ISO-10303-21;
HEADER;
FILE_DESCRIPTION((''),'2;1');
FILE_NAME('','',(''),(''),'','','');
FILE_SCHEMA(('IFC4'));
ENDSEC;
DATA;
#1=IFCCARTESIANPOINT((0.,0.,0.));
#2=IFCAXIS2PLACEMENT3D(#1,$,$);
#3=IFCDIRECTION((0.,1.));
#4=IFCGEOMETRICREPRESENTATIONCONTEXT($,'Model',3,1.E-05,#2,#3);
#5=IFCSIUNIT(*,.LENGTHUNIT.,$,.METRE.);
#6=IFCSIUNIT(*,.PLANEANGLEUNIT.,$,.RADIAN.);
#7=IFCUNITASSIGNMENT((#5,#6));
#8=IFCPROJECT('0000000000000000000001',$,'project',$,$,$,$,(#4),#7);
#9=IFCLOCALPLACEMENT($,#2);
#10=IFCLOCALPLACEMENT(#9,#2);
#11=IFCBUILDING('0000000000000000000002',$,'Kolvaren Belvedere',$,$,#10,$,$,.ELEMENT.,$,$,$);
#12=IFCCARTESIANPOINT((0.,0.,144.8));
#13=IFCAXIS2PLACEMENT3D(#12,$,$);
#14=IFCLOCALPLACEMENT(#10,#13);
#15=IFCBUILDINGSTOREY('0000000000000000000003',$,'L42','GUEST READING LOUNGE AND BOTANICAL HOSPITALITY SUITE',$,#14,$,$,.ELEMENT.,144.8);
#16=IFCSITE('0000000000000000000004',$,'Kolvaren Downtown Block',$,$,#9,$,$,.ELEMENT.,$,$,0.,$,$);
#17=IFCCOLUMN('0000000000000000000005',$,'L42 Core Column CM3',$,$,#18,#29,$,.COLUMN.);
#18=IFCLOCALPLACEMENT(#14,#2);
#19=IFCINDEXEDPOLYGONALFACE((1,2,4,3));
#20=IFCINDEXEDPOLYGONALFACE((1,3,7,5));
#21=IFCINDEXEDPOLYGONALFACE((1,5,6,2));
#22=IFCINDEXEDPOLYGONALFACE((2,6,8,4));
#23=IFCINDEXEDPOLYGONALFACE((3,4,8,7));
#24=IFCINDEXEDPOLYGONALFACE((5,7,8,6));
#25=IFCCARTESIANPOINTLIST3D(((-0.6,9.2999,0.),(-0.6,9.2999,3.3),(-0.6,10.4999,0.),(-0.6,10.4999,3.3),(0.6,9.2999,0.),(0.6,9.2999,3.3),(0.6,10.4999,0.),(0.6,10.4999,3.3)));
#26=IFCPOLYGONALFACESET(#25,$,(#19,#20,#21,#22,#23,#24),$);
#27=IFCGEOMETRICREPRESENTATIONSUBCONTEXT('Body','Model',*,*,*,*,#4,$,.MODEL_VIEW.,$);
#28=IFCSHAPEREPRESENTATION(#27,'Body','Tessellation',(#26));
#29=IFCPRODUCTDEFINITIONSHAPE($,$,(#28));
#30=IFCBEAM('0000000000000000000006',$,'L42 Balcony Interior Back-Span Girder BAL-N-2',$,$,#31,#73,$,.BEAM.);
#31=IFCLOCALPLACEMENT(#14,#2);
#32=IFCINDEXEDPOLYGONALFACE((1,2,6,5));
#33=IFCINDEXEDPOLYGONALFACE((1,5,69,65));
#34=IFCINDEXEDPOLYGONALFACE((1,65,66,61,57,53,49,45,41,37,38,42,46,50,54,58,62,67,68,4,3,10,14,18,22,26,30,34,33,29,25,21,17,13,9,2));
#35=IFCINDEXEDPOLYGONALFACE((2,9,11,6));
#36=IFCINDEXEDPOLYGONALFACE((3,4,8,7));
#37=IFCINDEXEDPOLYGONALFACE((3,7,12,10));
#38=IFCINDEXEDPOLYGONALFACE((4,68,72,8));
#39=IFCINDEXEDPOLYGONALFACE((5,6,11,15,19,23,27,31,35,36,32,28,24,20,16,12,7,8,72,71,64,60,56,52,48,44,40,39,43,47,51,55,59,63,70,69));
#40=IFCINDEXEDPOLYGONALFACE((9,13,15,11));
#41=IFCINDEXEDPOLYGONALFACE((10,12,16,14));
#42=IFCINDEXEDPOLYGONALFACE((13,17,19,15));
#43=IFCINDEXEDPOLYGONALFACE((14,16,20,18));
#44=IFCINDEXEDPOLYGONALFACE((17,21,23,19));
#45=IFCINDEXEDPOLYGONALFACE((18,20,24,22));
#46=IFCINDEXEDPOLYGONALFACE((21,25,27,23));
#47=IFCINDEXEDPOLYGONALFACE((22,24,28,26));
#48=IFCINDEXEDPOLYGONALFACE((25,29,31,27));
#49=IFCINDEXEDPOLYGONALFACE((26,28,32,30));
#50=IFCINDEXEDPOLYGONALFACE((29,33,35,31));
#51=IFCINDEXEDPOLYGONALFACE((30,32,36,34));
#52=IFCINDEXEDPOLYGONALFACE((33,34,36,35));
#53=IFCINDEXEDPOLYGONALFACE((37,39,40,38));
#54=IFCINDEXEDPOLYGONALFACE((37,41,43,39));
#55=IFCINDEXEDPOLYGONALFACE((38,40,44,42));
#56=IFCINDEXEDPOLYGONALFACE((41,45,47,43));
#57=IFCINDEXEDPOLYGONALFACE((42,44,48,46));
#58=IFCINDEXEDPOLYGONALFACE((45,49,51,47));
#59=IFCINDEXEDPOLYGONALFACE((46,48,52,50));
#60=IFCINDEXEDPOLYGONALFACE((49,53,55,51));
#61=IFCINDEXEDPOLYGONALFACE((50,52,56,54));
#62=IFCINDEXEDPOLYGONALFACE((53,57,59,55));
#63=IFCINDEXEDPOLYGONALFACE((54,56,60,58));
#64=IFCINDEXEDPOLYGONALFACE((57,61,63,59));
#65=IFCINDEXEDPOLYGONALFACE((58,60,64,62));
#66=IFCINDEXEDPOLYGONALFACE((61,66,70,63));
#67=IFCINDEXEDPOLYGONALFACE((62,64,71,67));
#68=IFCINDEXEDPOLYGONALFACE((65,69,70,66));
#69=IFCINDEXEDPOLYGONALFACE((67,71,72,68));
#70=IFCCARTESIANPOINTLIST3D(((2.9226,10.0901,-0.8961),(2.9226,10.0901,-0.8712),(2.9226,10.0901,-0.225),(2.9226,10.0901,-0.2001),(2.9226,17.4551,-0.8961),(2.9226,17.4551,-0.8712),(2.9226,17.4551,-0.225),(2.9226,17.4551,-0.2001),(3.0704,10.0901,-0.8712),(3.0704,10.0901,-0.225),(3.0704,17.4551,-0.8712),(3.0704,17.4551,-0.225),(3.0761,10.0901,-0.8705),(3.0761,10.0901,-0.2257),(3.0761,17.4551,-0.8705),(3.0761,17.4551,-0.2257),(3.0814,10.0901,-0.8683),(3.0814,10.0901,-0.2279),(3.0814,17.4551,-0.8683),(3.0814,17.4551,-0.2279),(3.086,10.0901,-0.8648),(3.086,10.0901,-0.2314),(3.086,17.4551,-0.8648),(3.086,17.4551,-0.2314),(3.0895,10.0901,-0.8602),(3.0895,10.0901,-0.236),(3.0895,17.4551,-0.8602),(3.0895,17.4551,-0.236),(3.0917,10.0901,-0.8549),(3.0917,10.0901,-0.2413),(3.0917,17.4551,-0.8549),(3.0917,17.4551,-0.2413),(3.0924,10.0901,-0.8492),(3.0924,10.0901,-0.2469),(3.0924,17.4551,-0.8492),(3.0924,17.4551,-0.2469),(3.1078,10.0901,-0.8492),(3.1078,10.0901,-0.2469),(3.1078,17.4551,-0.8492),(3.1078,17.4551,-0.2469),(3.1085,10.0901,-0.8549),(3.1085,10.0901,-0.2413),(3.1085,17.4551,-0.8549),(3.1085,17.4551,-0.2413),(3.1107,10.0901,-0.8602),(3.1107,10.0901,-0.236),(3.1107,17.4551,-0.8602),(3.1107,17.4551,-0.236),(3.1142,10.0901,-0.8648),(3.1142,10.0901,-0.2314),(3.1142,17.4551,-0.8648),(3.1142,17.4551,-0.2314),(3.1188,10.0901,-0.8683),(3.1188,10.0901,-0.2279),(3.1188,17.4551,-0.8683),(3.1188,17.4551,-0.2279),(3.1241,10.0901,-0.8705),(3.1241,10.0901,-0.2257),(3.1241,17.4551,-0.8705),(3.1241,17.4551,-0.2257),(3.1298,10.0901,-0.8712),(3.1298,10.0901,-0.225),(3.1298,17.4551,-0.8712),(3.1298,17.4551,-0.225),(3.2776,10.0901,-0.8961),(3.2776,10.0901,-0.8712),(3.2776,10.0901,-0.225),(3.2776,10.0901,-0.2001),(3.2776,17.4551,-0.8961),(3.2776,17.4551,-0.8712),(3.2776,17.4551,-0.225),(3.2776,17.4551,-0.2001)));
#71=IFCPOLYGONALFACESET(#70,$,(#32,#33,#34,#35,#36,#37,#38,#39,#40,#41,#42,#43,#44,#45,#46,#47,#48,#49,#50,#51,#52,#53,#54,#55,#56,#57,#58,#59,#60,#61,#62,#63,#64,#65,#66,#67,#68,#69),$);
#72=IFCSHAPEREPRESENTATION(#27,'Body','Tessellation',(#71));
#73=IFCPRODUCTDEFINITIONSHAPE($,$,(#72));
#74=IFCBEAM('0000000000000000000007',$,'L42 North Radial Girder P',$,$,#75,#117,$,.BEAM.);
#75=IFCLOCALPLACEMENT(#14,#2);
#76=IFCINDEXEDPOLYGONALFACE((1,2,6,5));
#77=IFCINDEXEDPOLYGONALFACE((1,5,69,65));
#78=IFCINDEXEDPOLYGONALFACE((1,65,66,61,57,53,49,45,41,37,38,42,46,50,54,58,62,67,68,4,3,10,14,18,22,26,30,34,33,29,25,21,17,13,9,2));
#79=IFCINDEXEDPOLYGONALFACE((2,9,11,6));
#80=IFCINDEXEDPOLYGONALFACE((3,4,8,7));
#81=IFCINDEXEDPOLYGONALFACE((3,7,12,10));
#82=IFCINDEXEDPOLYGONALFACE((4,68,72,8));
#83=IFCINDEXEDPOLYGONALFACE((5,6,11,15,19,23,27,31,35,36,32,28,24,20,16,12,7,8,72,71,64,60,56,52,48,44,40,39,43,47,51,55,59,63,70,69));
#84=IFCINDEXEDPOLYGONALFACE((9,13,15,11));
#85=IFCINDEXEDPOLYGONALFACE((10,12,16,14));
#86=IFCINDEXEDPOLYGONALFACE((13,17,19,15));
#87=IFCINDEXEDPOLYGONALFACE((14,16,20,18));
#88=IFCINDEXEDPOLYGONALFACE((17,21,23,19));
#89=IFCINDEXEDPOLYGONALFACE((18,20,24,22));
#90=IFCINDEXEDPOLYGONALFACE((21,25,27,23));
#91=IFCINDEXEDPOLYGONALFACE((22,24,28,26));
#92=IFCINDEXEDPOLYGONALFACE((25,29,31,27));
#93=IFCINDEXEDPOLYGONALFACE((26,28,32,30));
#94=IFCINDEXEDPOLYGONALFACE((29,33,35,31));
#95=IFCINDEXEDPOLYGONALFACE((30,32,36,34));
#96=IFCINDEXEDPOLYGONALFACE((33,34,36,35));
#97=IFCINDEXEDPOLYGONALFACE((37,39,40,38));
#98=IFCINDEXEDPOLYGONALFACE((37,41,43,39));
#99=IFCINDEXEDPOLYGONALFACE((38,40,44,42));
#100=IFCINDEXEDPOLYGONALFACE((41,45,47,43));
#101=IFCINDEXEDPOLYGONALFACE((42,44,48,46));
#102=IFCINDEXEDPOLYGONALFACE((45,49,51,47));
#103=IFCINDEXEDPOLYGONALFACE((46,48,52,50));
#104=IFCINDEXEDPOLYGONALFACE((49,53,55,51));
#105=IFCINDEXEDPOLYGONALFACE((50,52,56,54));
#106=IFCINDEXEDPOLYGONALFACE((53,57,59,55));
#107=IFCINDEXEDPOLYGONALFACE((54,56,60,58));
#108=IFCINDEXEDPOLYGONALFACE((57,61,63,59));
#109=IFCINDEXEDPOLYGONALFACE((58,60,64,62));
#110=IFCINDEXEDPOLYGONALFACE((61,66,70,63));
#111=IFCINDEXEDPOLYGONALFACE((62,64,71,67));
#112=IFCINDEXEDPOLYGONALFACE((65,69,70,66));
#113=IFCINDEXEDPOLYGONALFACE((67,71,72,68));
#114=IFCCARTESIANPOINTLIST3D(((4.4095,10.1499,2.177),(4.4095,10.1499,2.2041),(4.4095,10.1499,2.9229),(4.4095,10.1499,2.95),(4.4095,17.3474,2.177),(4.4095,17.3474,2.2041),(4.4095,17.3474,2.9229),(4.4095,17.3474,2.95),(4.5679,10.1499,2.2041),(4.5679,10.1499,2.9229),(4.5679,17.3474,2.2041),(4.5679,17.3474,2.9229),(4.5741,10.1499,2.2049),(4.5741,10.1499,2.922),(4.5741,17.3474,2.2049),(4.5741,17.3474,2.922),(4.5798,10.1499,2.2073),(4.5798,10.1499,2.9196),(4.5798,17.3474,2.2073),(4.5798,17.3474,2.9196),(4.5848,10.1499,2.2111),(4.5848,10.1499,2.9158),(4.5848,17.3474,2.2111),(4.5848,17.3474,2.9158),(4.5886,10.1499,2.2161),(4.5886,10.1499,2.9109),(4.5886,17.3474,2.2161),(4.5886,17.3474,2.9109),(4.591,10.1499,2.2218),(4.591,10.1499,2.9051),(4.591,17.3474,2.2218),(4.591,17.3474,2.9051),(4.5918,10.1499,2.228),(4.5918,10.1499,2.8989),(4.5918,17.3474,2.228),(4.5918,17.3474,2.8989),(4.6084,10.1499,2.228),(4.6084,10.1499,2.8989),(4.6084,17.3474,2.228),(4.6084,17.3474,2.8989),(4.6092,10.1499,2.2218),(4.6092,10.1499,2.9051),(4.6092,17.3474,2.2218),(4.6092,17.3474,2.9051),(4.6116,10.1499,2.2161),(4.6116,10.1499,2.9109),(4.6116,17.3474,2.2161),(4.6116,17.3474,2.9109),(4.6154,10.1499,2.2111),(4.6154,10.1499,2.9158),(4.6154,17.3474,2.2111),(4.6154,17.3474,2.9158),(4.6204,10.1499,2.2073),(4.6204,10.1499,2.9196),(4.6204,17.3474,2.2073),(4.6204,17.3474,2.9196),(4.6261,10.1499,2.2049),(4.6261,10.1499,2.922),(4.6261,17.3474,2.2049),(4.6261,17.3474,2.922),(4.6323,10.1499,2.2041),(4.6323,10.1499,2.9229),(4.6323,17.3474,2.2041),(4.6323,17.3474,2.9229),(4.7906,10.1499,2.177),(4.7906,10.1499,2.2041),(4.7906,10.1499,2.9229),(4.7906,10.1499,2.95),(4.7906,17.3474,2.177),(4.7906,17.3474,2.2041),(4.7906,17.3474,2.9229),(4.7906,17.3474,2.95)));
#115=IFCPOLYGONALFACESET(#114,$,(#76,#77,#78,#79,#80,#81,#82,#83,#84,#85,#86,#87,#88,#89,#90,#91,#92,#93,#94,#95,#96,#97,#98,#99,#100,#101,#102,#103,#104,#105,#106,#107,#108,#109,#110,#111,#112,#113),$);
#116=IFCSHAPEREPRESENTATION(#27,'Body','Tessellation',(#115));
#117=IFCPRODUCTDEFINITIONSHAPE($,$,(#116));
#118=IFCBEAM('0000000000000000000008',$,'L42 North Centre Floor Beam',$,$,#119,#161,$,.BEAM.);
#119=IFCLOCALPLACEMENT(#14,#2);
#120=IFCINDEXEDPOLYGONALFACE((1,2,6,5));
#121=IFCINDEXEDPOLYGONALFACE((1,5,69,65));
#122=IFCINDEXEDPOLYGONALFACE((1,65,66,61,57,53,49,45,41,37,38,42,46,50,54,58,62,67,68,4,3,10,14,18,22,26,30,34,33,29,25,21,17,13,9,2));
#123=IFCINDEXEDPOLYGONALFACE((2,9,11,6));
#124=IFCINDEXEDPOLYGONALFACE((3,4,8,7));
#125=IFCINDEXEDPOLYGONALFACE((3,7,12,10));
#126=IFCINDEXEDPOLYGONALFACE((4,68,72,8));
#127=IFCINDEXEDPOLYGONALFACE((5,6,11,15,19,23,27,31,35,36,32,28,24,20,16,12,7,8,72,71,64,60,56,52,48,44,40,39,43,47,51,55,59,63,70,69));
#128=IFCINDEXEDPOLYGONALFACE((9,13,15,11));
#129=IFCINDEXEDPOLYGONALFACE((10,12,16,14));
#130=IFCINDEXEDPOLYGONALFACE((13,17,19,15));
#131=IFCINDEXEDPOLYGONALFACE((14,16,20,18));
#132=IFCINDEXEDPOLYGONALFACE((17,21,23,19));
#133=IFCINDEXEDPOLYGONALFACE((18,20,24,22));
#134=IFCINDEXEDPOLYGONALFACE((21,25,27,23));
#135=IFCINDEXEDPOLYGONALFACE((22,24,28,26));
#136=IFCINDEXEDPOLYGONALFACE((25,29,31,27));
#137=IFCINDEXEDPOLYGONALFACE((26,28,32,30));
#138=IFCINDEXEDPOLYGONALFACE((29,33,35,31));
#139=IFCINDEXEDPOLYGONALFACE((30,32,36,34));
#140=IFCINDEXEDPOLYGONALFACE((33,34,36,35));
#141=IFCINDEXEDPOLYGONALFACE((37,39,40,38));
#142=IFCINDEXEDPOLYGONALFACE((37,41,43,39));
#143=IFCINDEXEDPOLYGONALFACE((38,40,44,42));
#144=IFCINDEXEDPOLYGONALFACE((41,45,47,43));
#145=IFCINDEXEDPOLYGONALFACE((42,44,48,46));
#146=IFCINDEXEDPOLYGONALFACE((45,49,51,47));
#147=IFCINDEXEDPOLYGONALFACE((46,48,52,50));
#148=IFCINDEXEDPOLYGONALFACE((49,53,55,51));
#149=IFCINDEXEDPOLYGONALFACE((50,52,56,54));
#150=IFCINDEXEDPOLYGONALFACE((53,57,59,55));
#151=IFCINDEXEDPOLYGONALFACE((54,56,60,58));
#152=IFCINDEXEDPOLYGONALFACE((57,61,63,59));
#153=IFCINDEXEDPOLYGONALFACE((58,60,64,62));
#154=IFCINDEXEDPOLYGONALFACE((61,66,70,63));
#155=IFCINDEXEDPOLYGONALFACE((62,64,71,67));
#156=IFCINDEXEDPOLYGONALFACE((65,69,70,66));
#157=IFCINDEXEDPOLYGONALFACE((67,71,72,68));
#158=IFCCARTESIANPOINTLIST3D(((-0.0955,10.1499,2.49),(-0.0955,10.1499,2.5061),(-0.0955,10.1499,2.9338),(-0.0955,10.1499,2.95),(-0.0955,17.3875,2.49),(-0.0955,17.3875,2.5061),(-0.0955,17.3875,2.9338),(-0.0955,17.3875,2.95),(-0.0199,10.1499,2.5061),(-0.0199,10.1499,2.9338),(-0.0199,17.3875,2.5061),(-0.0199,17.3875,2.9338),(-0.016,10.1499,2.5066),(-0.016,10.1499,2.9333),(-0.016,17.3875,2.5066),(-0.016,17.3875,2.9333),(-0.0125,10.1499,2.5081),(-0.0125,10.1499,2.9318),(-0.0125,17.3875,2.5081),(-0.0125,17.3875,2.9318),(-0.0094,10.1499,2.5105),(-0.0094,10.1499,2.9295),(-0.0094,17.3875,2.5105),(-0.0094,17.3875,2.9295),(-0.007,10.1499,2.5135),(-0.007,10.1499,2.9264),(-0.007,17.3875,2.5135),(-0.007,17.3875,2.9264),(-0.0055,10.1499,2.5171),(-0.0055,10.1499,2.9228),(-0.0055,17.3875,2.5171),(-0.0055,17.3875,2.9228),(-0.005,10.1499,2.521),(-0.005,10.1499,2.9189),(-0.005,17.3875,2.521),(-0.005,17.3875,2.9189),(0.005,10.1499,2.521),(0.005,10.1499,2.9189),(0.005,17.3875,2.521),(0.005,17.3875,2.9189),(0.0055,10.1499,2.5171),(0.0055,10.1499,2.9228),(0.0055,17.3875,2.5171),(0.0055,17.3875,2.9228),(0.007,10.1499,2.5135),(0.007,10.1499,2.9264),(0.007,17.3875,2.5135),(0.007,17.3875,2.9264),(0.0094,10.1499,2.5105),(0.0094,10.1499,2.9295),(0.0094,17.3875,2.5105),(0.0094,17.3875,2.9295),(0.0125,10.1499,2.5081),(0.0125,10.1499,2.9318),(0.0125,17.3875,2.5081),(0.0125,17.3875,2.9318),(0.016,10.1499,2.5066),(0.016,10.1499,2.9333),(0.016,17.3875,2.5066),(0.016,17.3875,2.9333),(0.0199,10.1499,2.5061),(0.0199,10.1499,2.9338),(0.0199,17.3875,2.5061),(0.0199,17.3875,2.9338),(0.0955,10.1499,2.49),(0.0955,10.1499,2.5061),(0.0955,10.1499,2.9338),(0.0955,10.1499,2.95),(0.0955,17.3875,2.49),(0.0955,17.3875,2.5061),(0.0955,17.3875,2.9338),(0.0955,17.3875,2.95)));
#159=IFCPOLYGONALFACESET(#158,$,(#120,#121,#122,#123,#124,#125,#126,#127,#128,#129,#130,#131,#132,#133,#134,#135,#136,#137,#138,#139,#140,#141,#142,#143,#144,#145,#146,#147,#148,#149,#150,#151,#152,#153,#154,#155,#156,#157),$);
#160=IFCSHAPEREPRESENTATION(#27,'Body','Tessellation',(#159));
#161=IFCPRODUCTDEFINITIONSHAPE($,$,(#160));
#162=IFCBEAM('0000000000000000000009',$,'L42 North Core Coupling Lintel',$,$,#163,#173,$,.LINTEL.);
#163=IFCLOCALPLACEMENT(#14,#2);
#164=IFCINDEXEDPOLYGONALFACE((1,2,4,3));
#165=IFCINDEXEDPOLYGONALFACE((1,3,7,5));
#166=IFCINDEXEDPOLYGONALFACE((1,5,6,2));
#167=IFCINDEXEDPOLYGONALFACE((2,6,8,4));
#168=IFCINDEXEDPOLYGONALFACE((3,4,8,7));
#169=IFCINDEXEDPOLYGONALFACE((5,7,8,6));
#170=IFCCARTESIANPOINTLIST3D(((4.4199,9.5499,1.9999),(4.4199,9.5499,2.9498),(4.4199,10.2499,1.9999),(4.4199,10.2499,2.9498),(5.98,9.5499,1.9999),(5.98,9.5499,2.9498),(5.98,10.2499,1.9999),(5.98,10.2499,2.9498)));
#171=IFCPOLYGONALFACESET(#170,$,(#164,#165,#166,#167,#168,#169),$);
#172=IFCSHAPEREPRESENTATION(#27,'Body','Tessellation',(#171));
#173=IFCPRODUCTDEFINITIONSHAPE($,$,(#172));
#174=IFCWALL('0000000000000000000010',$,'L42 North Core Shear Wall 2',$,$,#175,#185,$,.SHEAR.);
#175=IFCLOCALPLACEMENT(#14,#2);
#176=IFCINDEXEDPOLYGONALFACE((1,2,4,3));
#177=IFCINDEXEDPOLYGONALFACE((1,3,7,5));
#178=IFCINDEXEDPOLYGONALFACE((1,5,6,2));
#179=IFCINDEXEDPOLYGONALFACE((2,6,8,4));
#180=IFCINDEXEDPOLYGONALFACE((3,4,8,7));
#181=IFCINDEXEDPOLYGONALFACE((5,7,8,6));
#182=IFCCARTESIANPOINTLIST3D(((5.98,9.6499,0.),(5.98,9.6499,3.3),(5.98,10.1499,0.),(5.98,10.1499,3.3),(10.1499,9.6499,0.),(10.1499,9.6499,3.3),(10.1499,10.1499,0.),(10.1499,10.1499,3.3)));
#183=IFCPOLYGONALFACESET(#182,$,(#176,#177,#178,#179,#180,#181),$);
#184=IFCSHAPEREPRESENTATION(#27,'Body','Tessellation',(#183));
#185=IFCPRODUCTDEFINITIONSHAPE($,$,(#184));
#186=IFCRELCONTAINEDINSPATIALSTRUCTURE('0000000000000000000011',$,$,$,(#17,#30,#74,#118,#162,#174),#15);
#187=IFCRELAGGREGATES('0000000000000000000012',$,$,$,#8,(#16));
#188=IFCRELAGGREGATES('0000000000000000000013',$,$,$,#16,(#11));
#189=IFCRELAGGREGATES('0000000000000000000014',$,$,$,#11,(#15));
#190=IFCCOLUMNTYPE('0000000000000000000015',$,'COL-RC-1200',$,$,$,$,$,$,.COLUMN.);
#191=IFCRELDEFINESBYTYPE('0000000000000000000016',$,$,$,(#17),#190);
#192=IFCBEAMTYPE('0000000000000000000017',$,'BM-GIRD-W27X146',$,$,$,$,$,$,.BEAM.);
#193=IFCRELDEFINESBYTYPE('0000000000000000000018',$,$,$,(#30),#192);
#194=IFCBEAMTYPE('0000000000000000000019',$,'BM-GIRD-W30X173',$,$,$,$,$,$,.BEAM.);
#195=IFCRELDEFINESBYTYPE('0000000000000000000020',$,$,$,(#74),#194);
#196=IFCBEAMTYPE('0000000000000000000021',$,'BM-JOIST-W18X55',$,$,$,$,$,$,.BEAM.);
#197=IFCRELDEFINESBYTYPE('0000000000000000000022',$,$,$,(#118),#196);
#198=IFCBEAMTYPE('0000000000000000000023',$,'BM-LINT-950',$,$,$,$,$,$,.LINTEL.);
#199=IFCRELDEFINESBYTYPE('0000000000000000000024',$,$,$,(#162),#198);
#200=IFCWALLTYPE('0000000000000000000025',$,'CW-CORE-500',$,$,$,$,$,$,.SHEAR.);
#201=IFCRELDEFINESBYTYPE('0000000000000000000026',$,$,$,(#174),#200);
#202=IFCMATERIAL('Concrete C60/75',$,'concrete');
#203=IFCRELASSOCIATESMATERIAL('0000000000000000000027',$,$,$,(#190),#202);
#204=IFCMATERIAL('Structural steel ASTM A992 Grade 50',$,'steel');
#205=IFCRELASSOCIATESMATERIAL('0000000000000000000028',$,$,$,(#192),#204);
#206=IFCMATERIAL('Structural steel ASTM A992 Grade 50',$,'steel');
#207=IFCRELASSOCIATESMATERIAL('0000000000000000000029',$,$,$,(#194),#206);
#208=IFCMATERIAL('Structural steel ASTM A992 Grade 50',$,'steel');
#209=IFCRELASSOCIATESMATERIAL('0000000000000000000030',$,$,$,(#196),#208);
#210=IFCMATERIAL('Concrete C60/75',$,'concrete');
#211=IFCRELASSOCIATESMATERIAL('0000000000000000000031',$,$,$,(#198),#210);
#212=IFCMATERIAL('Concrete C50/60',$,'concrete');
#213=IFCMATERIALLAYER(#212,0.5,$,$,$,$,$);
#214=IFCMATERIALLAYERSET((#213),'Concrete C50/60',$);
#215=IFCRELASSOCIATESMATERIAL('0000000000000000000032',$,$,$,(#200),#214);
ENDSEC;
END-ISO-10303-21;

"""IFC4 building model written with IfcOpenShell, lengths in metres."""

from ifc_helpers import new_model, si_unit, direction, frame, frame_2d, origin, origin_2d, place, context, subcontext, project, spatial, rectangle, i_section, extrude, material, layer, layer_set, material_profile, profile_set, type_object, element, save


model = new_model("IFC4")

# Units and contexts
model_context = context("Model", 3, precision=1e-05, world=origin(), true_north=direction((0.0, 1.0)))
body_context = subcontext(model_context, "Body", "Model", "MODEL_VIEW")
ifc_project = project(units=[si_unit("LENGTHUNIT", "METRE"), si_unit("PLANEANGLEUNIT", "RADIAN")], contexts=[model_context])

# Site, building, storey
site_placement = place(None, origin())
site = spatial("IfcSite", under=ifc_project, at=site_placement, Name="Kolvaren Downtown Block", CompositionType="ELEMENT", RefElevation=0.0)
building_placement = place(site_placement, origin())
building = spatial("IfcBuilding", under=site, at=building_placement, Name="Kolvaren Belvedere", CompositionType="ELEMENT")
storey_placement = place(building_placement, frame((0.0, 0.0, 144.8)))
storey = spatial("IfcBuildingStorey", under=building, at=storey_placement, Name="L42", Description="GUEST READING LOUNGE AND BOTANICAL HOSPITALITY SUITE", CompositionType="ELEMENT", Elevation=144.8)

# Column
ifc_material_1 = material(Name="Concrete C60/75", Category="concrete")
ifc_material_profile_1 = material_profile(ifc_material_1, rectangle(XDim=1.2, YDim=1.2, at=origin_2d()), Name="RC 1200X1200")
ifc_profile_set_1 = profile_set([ifc_material_profile_1], Name="Concrete C60/75")
column_type = type_object("IfcColumnType", Name="COL-RC-1200", PredefinedType="COLUMN", material=ifc_profile_set_1)
column_placement = place(storey_placement, frame((0.0, 9.8999, 0.0), z_axis=(0.0, 0.0, 1.0), x_axis=(1.0, 0.0, 0.0)))
element("IfcColumn", 1, at=column_placement, inside=storey, type_object=column_type, Name="L42 Core Column CM3", PredefinedType="COLUMN", context=body_context, shape_type="SweptSolid", body=[
    extrude(rectangle(XDim=1.2, YDim=1.2, at=origin_2d()), origin(), (0.0, 0.0, 1.0), 3.3),
])

# Beams
ifc_material_2 = material(Name="Structural steel ASTM A992 Grade 50", Category="steel")
ifc_material_profile_2 = material_profile(ifc_material_2, i_section(OverallWidth=0.355, OverallDepth=0.696, WebThickness=0.0154, FlangeThickness=0.0249, FilletRadius=0.022, at=origin_2d()), Name="W27X146")
ifc_profile_set_2 = profile_set([ifc_material_profile_2], Name="Structural steel ASTM A992 Grade 50")
beam_type_1 = type_object("IfcBeamType", Name="BM-GIRD-W27X146", PredefinedType="BEAM", material=ifc_profile_set_2)
beam_1_placement = place(storey_placement, frame((3.1001, 10.0901, -0.5481), z_axis=(0.0, 1.0, 0.0), x_axis=(-1.0, 0.0, 0.0)))
element("IfcBeam", 2, at=beam_1_placement, inside=storey, type_object=beam_type_1, Name="L42 Balcony Interior Back-Span Girder BAL-N-2", PredefinedType="BEAM", context=body_context, shape_type="SweptSolid", body=[
    extrude(i_section(OverallWidth=0.355, OverallDepth=0.696, WebThickness=0.0154, FlangeThickness=0.0249, FilletRadius=0.022, at=origin_2d()), origin(), (0.0, 0.0, 1.0), 7.365),
])
ifc_material_3 = material(Name="Structural steel ASTM A992 Grade 50", Category="steel")
ifc_material_profile_3 = material_profile(ifc_material_3, i_section(OverallWidth=0.3811, OverallDepth=0.7729, WebThickness=0.0166, FlangeThickness=0.0271, FilletRadius=0.0239, at=origin_2d()), Name="W30X173")
ifc_profile_set_3 = profile_set([ifc_material_profile_3], Name="Structural steel ASTM A992 Grade 50")
beam_type_2 = type_object("IfcBeamType", Name="BM-GIRD-W30X173", PredefinedType="BEAM", material=ifc_profile_set_3)
beam_2_placement = place(storey_placement, frame((4.6001, 10.1499, 2.5635), z_axis=(0.0, 1.0, 0.0), x_axis=(-1.0, 0.0, 0.0)))
element("IfcBeam", 3, at=beam_2_placement, inside=storey, type_object=beam_type_2, Name="L42 North Radial Girder P", PredefinedType="BEAM", context=body_context, shape_type="SweptSolid", body=[
    extrude(i_section(OverallWidth=0.3811, OverallDepth=0.7729, WebThickness=0.0166, FlangeThickness=0.0271, FilletRadius=0.0239, at=origin_2d()), origin(), (0.0, 0.0, 1.0), 7.1975),
])
ifc_material_4 = material(Name="Structural steel ASTM A992 Grade 50", Category="steel")
ifc_material_profile_4 = material_profile(ifc_material_4, i_section(OverallWidth=0.1909, OverallDepth=0.46, WebThickness=0.01, FlangeThickness=0.0161, FilletRadius=0.0149, at=origin_2d()), Name="W18X55")
ifc_profile_set_4 = profile_set([ifc_material_profile_4], Name="Structural steel ASTM A992 Grade 50")
beam_type_3 = type_object("IfcBeamType", Name="BM-JOIST-W18X55", PredefinedType="BEAM", material=ifc_profile_set_4)
beam_3_placement = place(storey_placement, frame((0.0, 10.1499, 2.72), z_axis=(0.0, 1.0, 0.0), x_axis=(-1.0, 0.0, 0.0)))
element("IfcBeam", 4, at=beam_3_placement, inside=storey, type_object=beam_type_3, Name="L42 North Centre Floor Beam", PredefinedType="BEAM", context=body_context, shape_type="SweptSolid", body=[
    extrude(i_section(OverallWidth=0.1909, OverallDepth=0.46, WebThickness=0.01, FlangeThickness=0.0161, FilletRadius=0.0149, at=origin_2d()), origin(), (0.0, 0.0, 1.0), 7.2375),
])
ifc_material_5 = material(Name="Concrete C60/75", Category="concrete")
ifc_material_profile_5 = material_profile(ifc_material_5, rectangle(XDim=0.7, YDim=0.95, at=origin_2d()), Name="RC 700X950")
ifc_profile_set_5 = profile_set([ifc_material_profile_5], Name="Concrete C60/75")
beam_type_4 = type_object("IfcBeamType", Name="BM-LINT-950", PredefinedType="LINTEL", material=ifc_profile_set_5)
beam_4_placement = place(storey_placement, frame((4.4199, 9.8999, 2.4749), z_axis=(1.0, 0.0, 0.0), x_axis=(0.0, 1.0, 0.0)))
element("IfcBeam", 5, at=beam_4_placement, inside=storey, type_object=beam_type_4, Name="L42 North Core Coupling Lintel", PredefinedType="LINTEL", context=body_context, shape_type="SweptSolid", body=[
    extrude(rectangle(XDim=0.7, YDim=0.95, at=origin_2d()), origin(), (0.0, 0.0, 1.0), 1.5601),
])

# Wall
ifc_material_6 = material(Name="Concrete C50/60", Category="concrete")
ifc_layer_1 = layer(ifc_material_6, 0.5)
ifc_layer_set_1 = layer_set([ifc_layer_1], Name="Concrete C50/60")
wall_type_1 = type_object("IfcWallType", Name="CW-CORE-500", PredefinedType="SHEAR", material=ifc_layer_set_1)
wall_1_placement = place(storey_placement, frame((5.98, 9.8999, 0.0), z_axis=(0.0, 0.0, 1.0), x_axis=(1.0, 0.0, 0.0)))
element("IfcWall", 6, at=wall_1_placement, inside=storey, type_object=wall_type_1, Name="L42 North Core Shear Wall 2", PredefinedType="SHEAR", context=body_context, shape_type="SweptSolid", body=[
    extrude(rectangle(XDim=4.1699, YDim=0.5, at=frame_2d((2.085, 0.0))), origin(), (0.0, 0.0, 1.0), 3.3),
])

save(model, "model.ifc")
